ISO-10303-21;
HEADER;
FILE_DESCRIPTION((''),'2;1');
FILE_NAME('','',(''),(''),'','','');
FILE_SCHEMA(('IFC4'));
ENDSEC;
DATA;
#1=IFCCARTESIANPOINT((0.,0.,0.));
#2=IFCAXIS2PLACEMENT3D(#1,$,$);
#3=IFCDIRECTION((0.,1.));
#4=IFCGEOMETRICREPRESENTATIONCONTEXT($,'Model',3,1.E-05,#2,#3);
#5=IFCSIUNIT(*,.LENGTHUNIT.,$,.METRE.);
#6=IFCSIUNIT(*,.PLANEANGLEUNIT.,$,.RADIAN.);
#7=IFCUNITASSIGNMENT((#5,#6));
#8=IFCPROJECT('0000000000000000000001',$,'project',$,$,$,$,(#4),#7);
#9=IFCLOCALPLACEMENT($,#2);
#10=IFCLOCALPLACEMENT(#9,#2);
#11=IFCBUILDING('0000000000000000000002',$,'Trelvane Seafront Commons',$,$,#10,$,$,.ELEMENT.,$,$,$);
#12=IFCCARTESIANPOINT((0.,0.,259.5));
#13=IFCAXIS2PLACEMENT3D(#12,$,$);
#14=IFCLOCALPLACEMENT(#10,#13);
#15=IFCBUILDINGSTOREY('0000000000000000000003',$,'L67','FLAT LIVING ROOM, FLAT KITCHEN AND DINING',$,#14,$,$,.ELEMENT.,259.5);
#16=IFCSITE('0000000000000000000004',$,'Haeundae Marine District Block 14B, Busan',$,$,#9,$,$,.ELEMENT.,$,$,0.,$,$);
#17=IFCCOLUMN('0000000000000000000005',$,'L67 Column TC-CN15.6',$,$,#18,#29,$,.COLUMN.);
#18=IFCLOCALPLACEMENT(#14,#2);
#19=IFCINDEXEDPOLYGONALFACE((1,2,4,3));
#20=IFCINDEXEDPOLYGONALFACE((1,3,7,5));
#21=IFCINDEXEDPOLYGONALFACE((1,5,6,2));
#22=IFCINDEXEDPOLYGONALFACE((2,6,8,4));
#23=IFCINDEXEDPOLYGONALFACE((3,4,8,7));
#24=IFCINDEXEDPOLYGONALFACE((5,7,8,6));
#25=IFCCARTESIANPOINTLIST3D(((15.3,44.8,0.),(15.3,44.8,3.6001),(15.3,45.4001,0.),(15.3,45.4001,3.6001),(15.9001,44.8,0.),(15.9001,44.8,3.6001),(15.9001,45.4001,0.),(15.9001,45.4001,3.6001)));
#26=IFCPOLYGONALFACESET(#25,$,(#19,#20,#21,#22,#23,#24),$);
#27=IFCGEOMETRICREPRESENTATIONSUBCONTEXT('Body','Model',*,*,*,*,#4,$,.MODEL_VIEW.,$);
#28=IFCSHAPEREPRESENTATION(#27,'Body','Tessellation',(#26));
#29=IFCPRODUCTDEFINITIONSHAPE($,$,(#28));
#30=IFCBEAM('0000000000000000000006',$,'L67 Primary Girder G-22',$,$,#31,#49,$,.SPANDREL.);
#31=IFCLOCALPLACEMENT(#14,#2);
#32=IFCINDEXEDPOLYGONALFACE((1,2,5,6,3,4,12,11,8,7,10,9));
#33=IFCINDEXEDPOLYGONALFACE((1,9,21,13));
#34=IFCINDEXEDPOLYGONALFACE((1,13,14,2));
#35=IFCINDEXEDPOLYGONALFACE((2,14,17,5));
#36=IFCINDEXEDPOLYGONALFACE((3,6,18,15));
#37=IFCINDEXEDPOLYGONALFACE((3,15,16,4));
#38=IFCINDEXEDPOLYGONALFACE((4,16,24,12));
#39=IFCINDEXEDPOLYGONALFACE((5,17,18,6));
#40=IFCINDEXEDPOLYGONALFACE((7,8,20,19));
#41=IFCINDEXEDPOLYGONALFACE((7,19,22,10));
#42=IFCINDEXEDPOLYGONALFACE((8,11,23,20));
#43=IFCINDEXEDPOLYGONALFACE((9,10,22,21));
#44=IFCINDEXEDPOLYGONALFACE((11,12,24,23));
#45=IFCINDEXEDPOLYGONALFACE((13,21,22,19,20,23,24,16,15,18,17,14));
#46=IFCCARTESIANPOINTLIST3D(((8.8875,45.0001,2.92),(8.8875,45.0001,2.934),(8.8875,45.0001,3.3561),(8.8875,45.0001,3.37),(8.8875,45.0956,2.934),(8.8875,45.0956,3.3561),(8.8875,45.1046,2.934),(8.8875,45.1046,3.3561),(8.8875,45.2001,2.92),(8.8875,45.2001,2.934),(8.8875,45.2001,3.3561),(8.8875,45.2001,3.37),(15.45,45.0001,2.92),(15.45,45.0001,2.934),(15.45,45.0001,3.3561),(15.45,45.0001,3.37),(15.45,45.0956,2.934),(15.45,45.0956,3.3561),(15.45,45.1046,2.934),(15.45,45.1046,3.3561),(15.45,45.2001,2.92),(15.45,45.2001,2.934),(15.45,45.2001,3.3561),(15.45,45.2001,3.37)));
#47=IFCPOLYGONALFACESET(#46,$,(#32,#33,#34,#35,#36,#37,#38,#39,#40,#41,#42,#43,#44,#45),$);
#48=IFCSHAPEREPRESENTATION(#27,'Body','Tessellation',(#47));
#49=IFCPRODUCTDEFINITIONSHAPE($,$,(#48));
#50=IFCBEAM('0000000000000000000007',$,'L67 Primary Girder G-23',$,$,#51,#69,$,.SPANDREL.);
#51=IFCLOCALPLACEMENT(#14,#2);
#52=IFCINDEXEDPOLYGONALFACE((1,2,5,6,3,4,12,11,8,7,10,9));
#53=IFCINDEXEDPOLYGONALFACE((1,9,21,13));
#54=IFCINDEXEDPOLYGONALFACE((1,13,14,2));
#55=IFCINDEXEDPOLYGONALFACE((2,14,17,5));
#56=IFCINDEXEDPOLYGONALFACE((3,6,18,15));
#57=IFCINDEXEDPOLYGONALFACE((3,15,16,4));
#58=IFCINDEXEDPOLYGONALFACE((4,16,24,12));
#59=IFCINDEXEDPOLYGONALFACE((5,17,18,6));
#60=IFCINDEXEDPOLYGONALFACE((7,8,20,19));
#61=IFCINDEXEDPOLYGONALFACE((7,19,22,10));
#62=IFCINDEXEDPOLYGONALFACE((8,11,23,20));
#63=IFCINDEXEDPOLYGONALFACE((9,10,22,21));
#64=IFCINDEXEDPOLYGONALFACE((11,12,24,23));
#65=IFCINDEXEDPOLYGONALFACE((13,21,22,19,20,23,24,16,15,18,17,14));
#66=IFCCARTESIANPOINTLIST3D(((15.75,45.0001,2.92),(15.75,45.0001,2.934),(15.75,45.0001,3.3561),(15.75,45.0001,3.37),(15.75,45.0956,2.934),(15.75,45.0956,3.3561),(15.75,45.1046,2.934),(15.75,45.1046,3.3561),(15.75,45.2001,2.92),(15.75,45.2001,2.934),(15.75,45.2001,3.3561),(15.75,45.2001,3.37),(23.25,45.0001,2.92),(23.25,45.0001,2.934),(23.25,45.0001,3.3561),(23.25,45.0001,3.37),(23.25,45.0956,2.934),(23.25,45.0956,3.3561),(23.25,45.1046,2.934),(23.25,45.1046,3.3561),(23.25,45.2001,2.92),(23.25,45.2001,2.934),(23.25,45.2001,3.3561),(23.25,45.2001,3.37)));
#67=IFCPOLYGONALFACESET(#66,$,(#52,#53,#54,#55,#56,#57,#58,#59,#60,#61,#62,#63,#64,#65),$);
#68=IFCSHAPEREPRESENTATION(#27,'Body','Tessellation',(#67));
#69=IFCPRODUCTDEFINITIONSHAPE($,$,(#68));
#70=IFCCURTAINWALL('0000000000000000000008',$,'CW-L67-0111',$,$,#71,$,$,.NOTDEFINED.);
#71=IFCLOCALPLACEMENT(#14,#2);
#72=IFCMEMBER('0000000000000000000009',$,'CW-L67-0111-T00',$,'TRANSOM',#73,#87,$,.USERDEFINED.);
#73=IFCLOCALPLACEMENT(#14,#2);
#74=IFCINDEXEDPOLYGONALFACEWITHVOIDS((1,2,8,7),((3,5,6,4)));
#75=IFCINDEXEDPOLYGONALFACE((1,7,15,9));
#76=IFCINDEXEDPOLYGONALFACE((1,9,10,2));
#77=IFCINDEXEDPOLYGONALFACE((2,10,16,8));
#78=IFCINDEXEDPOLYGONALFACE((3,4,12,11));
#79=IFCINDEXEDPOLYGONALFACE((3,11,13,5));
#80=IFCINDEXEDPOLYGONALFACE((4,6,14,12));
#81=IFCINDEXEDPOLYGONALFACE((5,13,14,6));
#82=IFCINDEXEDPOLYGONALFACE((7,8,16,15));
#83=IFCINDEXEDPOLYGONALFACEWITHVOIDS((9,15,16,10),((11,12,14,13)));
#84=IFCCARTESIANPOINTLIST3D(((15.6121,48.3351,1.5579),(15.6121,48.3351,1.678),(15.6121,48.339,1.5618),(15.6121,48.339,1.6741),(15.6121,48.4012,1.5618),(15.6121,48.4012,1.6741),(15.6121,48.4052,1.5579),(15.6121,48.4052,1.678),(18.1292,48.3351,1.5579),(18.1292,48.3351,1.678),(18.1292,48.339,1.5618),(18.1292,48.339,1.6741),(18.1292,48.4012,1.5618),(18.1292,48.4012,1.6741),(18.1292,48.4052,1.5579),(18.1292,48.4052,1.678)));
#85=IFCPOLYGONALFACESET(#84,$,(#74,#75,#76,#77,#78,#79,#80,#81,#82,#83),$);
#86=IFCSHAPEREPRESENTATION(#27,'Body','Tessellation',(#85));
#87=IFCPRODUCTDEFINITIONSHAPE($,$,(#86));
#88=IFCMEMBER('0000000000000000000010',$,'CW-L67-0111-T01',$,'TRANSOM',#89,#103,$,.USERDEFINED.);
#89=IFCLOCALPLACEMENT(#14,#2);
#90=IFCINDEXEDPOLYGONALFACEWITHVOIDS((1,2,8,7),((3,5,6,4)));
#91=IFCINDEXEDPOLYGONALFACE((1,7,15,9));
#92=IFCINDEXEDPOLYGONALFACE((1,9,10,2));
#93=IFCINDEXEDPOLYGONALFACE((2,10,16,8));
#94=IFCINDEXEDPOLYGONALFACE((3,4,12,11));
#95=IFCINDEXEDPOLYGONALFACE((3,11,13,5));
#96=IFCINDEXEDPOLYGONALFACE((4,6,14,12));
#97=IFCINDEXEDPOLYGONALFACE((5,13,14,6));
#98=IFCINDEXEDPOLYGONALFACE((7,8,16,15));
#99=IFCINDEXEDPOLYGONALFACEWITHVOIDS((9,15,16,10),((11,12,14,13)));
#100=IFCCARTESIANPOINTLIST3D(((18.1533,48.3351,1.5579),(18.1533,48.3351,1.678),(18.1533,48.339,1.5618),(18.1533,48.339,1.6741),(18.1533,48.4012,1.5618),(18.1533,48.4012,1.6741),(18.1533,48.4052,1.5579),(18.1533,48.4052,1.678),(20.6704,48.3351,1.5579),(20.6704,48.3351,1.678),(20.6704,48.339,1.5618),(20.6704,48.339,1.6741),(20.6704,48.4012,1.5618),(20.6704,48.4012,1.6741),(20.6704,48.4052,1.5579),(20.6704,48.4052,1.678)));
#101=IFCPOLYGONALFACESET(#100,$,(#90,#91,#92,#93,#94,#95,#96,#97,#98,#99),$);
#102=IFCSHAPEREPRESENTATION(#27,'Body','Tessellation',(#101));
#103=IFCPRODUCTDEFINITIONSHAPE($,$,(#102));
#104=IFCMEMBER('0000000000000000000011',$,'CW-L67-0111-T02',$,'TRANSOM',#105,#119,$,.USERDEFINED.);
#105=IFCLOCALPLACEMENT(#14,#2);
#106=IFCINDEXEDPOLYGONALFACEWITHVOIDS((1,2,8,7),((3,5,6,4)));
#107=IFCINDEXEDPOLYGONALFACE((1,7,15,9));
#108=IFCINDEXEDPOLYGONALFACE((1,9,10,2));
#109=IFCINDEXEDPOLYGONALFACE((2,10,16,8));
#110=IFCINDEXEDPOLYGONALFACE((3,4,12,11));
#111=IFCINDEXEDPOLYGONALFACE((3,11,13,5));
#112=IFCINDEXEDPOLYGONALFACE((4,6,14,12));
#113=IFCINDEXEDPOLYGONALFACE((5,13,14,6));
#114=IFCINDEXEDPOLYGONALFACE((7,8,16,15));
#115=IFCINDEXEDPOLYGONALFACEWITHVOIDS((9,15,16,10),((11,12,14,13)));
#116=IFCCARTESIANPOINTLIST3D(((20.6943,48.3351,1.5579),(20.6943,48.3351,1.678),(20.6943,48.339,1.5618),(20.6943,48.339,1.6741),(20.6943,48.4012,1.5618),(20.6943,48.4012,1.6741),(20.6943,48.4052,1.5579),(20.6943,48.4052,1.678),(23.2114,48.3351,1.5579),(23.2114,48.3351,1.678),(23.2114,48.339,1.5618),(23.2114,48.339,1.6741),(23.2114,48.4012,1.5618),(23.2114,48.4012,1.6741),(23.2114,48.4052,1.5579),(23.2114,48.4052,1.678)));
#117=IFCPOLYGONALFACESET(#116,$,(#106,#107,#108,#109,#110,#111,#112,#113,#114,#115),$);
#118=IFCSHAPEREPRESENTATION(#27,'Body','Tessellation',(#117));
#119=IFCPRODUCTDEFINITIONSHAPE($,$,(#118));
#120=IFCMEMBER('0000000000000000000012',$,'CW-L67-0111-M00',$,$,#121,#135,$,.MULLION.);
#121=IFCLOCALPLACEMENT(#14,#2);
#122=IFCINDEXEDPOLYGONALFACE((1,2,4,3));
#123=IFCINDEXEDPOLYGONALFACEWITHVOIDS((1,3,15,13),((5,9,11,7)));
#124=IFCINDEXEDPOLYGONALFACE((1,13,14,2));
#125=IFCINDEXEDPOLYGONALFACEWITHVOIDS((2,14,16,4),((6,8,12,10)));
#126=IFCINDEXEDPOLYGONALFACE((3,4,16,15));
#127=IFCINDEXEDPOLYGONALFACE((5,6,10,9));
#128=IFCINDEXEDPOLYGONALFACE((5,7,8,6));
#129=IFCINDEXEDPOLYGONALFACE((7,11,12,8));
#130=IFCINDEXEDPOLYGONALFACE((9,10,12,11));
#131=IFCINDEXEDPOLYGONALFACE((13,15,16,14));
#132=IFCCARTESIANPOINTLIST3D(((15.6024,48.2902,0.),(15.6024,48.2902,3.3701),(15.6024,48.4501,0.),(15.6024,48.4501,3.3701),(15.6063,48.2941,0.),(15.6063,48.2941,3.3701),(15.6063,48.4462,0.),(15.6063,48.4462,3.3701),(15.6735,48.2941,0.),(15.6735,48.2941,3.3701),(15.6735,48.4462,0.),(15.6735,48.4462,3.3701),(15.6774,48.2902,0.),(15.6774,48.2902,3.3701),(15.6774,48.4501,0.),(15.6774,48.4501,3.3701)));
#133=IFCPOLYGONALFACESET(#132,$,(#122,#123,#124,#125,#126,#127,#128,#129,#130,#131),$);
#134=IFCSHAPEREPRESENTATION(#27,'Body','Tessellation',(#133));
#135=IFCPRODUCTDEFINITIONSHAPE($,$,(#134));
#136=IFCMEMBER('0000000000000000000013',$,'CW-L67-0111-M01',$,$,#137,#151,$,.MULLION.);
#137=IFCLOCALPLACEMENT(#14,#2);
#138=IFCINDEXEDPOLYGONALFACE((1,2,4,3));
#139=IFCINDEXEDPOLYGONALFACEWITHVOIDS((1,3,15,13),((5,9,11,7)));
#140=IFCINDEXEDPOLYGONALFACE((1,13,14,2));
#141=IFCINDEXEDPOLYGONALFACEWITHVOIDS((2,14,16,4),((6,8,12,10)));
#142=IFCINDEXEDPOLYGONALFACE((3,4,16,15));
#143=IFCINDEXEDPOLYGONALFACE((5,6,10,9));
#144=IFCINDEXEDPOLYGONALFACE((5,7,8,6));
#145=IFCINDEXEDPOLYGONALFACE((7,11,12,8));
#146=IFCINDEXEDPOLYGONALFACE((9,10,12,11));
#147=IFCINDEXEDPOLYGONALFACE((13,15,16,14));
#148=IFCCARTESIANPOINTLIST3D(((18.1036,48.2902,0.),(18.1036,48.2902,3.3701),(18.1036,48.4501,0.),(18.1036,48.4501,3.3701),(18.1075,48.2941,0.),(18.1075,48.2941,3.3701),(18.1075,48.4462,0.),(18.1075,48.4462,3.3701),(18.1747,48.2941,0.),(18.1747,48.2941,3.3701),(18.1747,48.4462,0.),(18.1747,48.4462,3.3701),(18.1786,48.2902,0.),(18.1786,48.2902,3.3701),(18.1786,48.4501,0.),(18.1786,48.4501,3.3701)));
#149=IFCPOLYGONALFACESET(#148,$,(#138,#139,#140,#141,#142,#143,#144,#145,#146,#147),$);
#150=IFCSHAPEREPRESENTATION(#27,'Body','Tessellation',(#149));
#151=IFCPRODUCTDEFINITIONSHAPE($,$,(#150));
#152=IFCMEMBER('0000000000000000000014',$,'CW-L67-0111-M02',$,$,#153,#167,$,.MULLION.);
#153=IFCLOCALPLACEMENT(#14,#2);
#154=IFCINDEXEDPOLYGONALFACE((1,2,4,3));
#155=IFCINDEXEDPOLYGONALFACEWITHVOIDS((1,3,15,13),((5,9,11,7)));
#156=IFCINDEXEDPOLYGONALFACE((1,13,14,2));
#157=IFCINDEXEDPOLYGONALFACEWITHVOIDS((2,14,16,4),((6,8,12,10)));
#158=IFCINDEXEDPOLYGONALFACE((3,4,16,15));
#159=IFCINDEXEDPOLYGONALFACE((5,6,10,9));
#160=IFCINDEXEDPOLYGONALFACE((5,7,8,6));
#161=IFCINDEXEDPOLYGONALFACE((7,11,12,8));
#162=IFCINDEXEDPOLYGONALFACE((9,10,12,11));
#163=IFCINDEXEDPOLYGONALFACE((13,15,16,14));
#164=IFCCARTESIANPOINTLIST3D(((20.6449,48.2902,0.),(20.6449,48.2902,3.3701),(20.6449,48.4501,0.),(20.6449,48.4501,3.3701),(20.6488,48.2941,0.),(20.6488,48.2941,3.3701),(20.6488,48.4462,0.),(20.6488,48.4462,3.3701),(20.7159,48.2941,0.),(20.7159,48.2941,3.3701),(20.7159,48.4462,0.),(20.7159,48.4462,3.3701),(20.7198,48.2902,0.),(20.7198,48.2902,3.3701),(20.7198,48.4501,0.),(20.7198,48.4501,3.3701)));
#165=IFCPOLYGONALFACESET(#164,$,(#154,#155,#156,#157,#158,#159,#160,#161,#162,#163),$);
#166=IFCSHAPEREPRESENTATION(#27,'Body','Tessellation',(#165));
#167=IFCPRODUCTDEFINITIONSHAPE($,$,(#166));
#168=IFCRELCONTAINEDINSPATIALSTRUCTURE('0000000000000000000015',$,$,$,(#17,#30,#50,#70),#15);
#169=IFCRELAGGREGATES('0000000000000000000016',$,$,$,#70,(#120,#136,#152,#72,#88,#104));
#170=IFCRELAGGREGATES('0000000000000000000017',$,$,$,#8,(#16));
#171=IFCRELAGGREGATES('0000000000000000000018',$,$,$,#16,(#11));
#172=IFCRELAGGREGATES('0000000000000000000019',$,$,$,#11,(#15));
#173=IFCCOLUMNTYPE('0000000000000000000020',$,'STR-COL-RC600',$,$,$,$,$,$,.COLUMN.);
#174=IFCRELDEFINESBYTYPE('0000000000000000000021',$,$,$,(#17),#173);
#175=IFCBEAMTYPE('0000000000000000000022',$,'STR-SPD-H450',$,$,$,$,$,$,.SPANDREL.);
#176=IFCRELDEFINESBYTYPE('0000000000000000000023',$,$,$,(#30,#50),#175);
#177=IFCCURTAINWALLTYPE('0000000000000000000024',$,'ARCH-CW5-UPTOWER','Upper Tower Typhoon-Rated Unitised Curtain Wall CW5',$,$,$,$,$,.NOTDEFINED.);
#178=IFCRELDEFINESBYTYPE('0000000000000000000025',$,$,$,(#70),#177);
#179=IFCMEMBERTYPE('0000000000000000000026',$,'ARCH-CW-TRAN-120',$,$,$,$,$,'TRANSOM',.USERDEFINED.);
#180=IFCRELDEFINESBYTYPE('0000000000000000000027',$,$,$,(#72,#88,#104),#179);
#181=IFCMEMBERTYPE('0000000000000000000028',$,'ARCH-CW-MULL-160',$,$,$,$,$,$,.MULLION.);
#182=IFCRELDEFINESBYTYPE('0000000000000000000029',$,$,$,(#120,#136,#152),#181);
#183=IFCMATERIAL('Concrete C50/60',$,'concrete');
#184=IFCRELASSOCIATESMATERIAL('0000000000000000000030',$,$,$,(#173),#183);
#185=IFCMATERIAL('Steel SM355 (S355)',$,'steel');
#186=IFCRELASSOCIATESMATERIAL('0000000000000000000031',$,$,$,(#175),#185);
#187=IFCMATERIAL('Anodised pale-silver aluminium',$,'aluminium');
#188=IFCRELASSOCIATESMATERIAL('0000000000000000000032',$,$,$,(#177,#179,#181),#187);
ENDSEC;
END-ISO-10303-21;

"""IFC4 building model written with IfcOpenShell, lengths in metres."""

from ifc_helpers import new_model, si_unit, direction, frame, origin, origin_2d, place, context, subcontext, project, spatial, rectangle, hollow_rectangle, i_section, extrude, source, transform, mapped, material, material_profile, profile_set, type_object, element, aggregate, save


model = new_model("IFC4")

# Units and contexts
model_context = context("Model", 3, precision=1e-05, world=origin(), true_north=direction((0.0, 1.0)))
body_context = subcontext(model_context, "Body", "Model", "MODEL_VIEW")
ifc_project = project(units=[si_unit("LENGTHUNIT", "METRE"), si_unit("PLANEANGLEUNIT", "RADIAN")], contexts=[model_context])

# Site, building, storey
site_placement = place(None, origin())
site = spatial("IfcSite", under=ifc_project, at=site_placement, Name="Haeundae Marine District Block 14B, Busan", CompositionType="ELEMENT", RefElevation=0.0)
building_placement = place(site_placement, origin())
building = spatial("IfcBuilding", under=site, at=building_placement, Name="Trelvane Seafront Commons", CompositionType="ELEMENT")
storey_placement = place(building_placement, frame((0.0, 0.0, 259.5)))
storey = spatial("IfcBuildingStorey", under=building, at=storey_placement, Name="L67", Description="FLAT LIVING ROOM, FLAT KITCHEN AND DINING", CompositionType="ELEMENT", Elevation=259.5)

# Column
ifc_material_1 = material(Name="Concrete C50/60", Category="concrete")
ifc_material_profile_1 = material_profile(ifc_material_1, rectangle(XDim=0.6001, YDim=0.6001, at=origin_2d()), Name="RC-600x600")
ifc_profile_set_1 = profile_set([ifc_material_profile_1], Name="Concrete C50/60")
column_type = type_object("IfcColumnType", Name="STR-COL-RC600", PredefinedType="COLUMN", material=ifc_profile_set_1)
shared_shape_1 = source(origin(), body_context, "Body", "SweptSolid", [
    extrude(rectangle(XDim=0.6001, YDim=0.6001, at=origin_2d()), origin(), (0.0, 0.0, 1.0), 3.6001),
])
column_placement = place(storey_placement, frame((15.6001, 45.1001, 0.0), z_axis=(0.0, 0.0, 1.0), x_axis=(1.0, 0.0, 0.0)))
element("IfcColumn", 1, at=column_placement, inside=storey, type_object=column_type, Name="L67 Column TC-CN15.6", PredefinedType="COLUMN", context=body_context, shape_type="MappedRepresentation", body=[
    mapped(shared_shape_1, transform((0.0, 0.0, 0.0), x_axis=(1.0, 0.0, 0.0), y_axis=(0.0, 1.0, 0.0), z_axis=(0.0, 0.0, 1.0), scale=1.0)),
])

# Beams
ifc_material_2 = material(Name="Steel SM355 (S355)", Category="steel")
ifc_material_profile_2 = material_profile(ifc_material_2, i_section(OverallWidth=0.2, OverallDepth=0.45, WebThickness=0.009, FlangeThickness=0.0139, at=origin_2d()), Name="H-450x200x9x14")
ifc_profile_set_2 = profile_set([ifc_material_profile_2], Name="Steel SM355 (S355)")
beam_type = type_object("IfcBeamType", Name="STR-SPD-H450", PredefinedType="SPANDREL", material=ifc_profile_set_2)
shared_shape_2 = source(origin(), body_context, "Body", "SweptSolid", [
    extrude(i_section(OverallWidth=0.2, OverallDepth=0.45, WebThickness=0.009, FlangeThickness=0.0139, at=origin_2d()), origin(), (0.0, 0.0, 1.0), 6.5625),
])
beam_1_placement = place(storey_placement, frame((8.8875, 45.1001, 3.145), z_axis=(1.0, 0.0, 0.0), x_axis=(0.0, 1.0, 0.0)))
element("IfcBeam", 2, at=beam_1_placement, inside=storey, type_object=beam_type, Name="L67 Primary Girder G-22", PredefinedType="SPANDREL", context=body_context, shape_type="MappedRepresentation", body=[
    mapped(shared_shape_2, transform((0.0, 0.0, 0.0), x_axis=(1.0, 0.0, 0.0), y_axis=(0.0, 1.0, 0.0), z_axis=(0.0, 0.0, 1.0), scale=1.0)),
])
shared_shape_3 = source(origin(), body_context, "Body", "SweptSolid", [
    extrude(i_section(OverallWidth=0.2, OverallDepth=0.45, WebThickness=0.009, FlangeThickness=0.0139, at=origin_2d()), origin(), (0.0, 0.0, 1.0), 7.5),
])
beam_2_placement = place(storey_placement, frame((15.75, 45.1001, 3.145), z_axis=(1.0, 0.0, 0.0), x_axis=(0.0, 1.0, 0.0)))
element("IfcBeam", 3, at=beam_2_placement, inside=storey, type_object=beam_type, Name="L67 Primary Girder G-23", PredefinedType="SPANDREL", context=body_context, shape_type="MappedRepresentation", body=[
    mapped(shared_shape_3, transform((0.0, 0.0, 0.0), x_axis=(1.0, 0.0, 0.0), y_axis=(0.0, 1.0, 0.0), z_axis=(0.0, 0.0, 1.0), scale=1.0)),
])

# Curtain wall, members
ifc_material_3 = material(Name="Anodised pale-silver aluminium", Category="aluminium")
curtain_wall_type = type_object("IfcCurtainWallType", Name="ARCH-CW5-UPTOWER", Description="Upper Tower Typhoon-Rated Unitised Curtain Wall CW5", PredefinedType="NOTDEFINED", material=ifc_material_3)
curtain_wall_placement = place(storey_placement, origin())
curtain_wall = element("IfcCurtainWall", 4, at=curtain_wall_placement, inside=storey, type_object=curtain_wall_type, Name="CW-L67-0111", PredefinedType="NOTDEFINED")
ifc_material_profile_3 = material_profile(ifc_material_3, hollow_rectangle(XDim=0.0701, YDim=0.1201, WallThickness=0.0039, at=origin_2d()), Name="TRAN-70x120x4")
ifc_profile_set_3 = profile_set([ifc_material_profile_3], Name="Anodised pale-silver aluminium")
member_type_1 = type_object("IfcMemberType", Name="ARCH-CW-TRAN-120", ElementType="TRANSOM", PredefinedType="USERDEFINED", material=ifc_profile_set_3)
shared_shape_4 = source(origin(), body_context, "Body", "SweptSolid", [
    extrude(hollow_rectangle(XDim=0.0701, YDim=0.1201, WallThickness=0.0039, at=origin_2d()), origin(), (0.0, 0.0, 1.0), 2.5171),
])
member_1_placement = place(storey_placement, frame((15.6121, 48.3701, 1.6179), z_axis=(1.0, 0.0, 0.0), x_axis=(0.0, 1.0, 0.0)))
member_1 = element("IfcMember", 5, at=member_1_placement, type_object=member_type_1, Name="CW-L67-0111-T00", ObjectType="TRANSOM", PredefinedType="USERDEFINED", context=body_context, shape_type="MappedRepresentation", body=[
    mapped(shared_shape_4, transform((0.0, 0.0, 0.0), x_axis=(1.0, 0.0, 0.0), y_axis=(0.0, 1.0, 0.0), z_axis=(0.0, 0.0, 1.0), scale=1.0)),
])
member_2_placement = place(storey_placement, frame((18.1533, 48.3701, 1.6179), z_axis=(1.0, 0.0, 0.0), x_axis=(0.0, 1.0, 0.0)))
member_2 = element("IfcMember", 6, at=member_2_placement, type_object=member_type_1, Name="CW-L67-0111-T01", ObjectType="TRANSOM", PredefinedType="USERDEFINED", context=body_context, shape_type="MappedRepresentation", body=[
    mapped(shared_shape_4, transform((0.0, 0.0, 0.0), x_axis=(1.0, 0.0, 0.0), y_axis=(0.0, 1.0, 0.0), z_axis=(0.0, 0.0, 1.0), scale=1.0)),
])
member_3_placement = place(storey_placement, frame((20.6943, 48.3701, 1.6179), z_axis=(1.0, 0.0, 0.0), x_axis=(0.0, 1.0, 0.0)))
member_3 = element("IfcMember", 7, at=member_3_placement, type_object=member_type_1, Name="CW-L67-0111-T02", ObjectType="TRANSOM", PredefinedType="USERDEFINED", context=body_context, shape_type="MappedRepresentation", body=[
    mapped(shared_shape_4, transform((0.0, 0.0, 0.0), x_axis=(1.0, 0.0, 0.0), y_axis=(0.0, 1.0, 0.0), z_axis=(0.0, 0.0, 1.0), scale=1.0)),
])
ifc_material_profile_4 = material_profile(ifc_material_3, hollow_rectangle(XDim=0.075, YDim=0.1599, WallThickness=0.0039, at=origin_2d()), Name="MULL-75x160x4")
ifc_profile_set_4 = profile_set([ifc_material_profile_4], Name="Anodised pale-silver aluminium")
member_type_2 = type_object("IfcMemberType", Name="ARCH-CW-MULL-160", PredefinedType="MULLION", material=ifc_profile_set_4)
shared_shape_5 = source(origin(), body_context, "Body", "SweptSolid", [
    extrude(hollow_rectangle(XDim=0.075, YDim=0.1599, WallThickness=0.0039, at=origin_2d()), origin(), (0.0, 0.0, 1.0), 3.3701),
])
member_4_placement = place(storey_placement, frame((15.6399, 48.3701, 0.0), z_axis=(0.0, 0.0, 1.0), x_axis=(1.0, 0.0, 0.0)))
member_4 = element("IfcMember", 8, at=member_4_placement, type_object=member_type_2, Name="CW-L67-0111-M00", PredefinedType="MULLION", context=body_context, shape_type="MappedRepresentation", body=[
    mapped(shared_shape_5, transform((0.0, 0.0, 0.0), x_axis=(1.0, 0.0, 0.0), y_axis=(0.0, 1.0, 0.0), z_axis=(0.0, 0.0, 1.0), scale=1.0)),
])
member_5_placement = place(storey_placement, frame((18.1411, 48.3701, 0.0), z_axis=(0.0, 0.0, 1.0), x_axis=(1.0, 0.0, 0.0)))
member_5 = element("IfcMember", 9, at=member_5_placement, type_object=member_type_2, Name="CW-L67-0111-M01", PredefinedType="MULLION", context=body_context, shape_type="MappedRepresentation", body=[
    mapped(shared_shape_5, transform((0.0, 0.0, 0.0), x_axis=(1.0, 0.0, 0.0), y_axis=(0.0, 1.0, 0.0), z_axis=(0.0, 0.0, 1.0), scale=1.0)),
])
member_6_placement = place(storey_placement, frame((20.6824, 48.3701, 0.0), z_axis=(0.0, 0.0, 1.0), x_axis=(1.0, 0.0, 0.0)))
member_6 = element("IfcMember", 10, at=member_6_placement, type_object=member_type_2, Name="CW-L67-0111-M02", PredefinedType="MULLION", context=body_context, shape_type="MappedRepresentation", body=[
    mapped(shared_shape_5, transform((0.0, 0.0, 0.0), x_axis=(1.0, 0.0, 0.0), y_axis=(0.0, 1.0, 0.0), z_axis=(0.0, 0.0, 1.0), scale=1.0)),
])

aggregate(curtain_wall, [member_4, member_5, member_6, member_1, member_2, member_3])

save(model, "model.ifc")
